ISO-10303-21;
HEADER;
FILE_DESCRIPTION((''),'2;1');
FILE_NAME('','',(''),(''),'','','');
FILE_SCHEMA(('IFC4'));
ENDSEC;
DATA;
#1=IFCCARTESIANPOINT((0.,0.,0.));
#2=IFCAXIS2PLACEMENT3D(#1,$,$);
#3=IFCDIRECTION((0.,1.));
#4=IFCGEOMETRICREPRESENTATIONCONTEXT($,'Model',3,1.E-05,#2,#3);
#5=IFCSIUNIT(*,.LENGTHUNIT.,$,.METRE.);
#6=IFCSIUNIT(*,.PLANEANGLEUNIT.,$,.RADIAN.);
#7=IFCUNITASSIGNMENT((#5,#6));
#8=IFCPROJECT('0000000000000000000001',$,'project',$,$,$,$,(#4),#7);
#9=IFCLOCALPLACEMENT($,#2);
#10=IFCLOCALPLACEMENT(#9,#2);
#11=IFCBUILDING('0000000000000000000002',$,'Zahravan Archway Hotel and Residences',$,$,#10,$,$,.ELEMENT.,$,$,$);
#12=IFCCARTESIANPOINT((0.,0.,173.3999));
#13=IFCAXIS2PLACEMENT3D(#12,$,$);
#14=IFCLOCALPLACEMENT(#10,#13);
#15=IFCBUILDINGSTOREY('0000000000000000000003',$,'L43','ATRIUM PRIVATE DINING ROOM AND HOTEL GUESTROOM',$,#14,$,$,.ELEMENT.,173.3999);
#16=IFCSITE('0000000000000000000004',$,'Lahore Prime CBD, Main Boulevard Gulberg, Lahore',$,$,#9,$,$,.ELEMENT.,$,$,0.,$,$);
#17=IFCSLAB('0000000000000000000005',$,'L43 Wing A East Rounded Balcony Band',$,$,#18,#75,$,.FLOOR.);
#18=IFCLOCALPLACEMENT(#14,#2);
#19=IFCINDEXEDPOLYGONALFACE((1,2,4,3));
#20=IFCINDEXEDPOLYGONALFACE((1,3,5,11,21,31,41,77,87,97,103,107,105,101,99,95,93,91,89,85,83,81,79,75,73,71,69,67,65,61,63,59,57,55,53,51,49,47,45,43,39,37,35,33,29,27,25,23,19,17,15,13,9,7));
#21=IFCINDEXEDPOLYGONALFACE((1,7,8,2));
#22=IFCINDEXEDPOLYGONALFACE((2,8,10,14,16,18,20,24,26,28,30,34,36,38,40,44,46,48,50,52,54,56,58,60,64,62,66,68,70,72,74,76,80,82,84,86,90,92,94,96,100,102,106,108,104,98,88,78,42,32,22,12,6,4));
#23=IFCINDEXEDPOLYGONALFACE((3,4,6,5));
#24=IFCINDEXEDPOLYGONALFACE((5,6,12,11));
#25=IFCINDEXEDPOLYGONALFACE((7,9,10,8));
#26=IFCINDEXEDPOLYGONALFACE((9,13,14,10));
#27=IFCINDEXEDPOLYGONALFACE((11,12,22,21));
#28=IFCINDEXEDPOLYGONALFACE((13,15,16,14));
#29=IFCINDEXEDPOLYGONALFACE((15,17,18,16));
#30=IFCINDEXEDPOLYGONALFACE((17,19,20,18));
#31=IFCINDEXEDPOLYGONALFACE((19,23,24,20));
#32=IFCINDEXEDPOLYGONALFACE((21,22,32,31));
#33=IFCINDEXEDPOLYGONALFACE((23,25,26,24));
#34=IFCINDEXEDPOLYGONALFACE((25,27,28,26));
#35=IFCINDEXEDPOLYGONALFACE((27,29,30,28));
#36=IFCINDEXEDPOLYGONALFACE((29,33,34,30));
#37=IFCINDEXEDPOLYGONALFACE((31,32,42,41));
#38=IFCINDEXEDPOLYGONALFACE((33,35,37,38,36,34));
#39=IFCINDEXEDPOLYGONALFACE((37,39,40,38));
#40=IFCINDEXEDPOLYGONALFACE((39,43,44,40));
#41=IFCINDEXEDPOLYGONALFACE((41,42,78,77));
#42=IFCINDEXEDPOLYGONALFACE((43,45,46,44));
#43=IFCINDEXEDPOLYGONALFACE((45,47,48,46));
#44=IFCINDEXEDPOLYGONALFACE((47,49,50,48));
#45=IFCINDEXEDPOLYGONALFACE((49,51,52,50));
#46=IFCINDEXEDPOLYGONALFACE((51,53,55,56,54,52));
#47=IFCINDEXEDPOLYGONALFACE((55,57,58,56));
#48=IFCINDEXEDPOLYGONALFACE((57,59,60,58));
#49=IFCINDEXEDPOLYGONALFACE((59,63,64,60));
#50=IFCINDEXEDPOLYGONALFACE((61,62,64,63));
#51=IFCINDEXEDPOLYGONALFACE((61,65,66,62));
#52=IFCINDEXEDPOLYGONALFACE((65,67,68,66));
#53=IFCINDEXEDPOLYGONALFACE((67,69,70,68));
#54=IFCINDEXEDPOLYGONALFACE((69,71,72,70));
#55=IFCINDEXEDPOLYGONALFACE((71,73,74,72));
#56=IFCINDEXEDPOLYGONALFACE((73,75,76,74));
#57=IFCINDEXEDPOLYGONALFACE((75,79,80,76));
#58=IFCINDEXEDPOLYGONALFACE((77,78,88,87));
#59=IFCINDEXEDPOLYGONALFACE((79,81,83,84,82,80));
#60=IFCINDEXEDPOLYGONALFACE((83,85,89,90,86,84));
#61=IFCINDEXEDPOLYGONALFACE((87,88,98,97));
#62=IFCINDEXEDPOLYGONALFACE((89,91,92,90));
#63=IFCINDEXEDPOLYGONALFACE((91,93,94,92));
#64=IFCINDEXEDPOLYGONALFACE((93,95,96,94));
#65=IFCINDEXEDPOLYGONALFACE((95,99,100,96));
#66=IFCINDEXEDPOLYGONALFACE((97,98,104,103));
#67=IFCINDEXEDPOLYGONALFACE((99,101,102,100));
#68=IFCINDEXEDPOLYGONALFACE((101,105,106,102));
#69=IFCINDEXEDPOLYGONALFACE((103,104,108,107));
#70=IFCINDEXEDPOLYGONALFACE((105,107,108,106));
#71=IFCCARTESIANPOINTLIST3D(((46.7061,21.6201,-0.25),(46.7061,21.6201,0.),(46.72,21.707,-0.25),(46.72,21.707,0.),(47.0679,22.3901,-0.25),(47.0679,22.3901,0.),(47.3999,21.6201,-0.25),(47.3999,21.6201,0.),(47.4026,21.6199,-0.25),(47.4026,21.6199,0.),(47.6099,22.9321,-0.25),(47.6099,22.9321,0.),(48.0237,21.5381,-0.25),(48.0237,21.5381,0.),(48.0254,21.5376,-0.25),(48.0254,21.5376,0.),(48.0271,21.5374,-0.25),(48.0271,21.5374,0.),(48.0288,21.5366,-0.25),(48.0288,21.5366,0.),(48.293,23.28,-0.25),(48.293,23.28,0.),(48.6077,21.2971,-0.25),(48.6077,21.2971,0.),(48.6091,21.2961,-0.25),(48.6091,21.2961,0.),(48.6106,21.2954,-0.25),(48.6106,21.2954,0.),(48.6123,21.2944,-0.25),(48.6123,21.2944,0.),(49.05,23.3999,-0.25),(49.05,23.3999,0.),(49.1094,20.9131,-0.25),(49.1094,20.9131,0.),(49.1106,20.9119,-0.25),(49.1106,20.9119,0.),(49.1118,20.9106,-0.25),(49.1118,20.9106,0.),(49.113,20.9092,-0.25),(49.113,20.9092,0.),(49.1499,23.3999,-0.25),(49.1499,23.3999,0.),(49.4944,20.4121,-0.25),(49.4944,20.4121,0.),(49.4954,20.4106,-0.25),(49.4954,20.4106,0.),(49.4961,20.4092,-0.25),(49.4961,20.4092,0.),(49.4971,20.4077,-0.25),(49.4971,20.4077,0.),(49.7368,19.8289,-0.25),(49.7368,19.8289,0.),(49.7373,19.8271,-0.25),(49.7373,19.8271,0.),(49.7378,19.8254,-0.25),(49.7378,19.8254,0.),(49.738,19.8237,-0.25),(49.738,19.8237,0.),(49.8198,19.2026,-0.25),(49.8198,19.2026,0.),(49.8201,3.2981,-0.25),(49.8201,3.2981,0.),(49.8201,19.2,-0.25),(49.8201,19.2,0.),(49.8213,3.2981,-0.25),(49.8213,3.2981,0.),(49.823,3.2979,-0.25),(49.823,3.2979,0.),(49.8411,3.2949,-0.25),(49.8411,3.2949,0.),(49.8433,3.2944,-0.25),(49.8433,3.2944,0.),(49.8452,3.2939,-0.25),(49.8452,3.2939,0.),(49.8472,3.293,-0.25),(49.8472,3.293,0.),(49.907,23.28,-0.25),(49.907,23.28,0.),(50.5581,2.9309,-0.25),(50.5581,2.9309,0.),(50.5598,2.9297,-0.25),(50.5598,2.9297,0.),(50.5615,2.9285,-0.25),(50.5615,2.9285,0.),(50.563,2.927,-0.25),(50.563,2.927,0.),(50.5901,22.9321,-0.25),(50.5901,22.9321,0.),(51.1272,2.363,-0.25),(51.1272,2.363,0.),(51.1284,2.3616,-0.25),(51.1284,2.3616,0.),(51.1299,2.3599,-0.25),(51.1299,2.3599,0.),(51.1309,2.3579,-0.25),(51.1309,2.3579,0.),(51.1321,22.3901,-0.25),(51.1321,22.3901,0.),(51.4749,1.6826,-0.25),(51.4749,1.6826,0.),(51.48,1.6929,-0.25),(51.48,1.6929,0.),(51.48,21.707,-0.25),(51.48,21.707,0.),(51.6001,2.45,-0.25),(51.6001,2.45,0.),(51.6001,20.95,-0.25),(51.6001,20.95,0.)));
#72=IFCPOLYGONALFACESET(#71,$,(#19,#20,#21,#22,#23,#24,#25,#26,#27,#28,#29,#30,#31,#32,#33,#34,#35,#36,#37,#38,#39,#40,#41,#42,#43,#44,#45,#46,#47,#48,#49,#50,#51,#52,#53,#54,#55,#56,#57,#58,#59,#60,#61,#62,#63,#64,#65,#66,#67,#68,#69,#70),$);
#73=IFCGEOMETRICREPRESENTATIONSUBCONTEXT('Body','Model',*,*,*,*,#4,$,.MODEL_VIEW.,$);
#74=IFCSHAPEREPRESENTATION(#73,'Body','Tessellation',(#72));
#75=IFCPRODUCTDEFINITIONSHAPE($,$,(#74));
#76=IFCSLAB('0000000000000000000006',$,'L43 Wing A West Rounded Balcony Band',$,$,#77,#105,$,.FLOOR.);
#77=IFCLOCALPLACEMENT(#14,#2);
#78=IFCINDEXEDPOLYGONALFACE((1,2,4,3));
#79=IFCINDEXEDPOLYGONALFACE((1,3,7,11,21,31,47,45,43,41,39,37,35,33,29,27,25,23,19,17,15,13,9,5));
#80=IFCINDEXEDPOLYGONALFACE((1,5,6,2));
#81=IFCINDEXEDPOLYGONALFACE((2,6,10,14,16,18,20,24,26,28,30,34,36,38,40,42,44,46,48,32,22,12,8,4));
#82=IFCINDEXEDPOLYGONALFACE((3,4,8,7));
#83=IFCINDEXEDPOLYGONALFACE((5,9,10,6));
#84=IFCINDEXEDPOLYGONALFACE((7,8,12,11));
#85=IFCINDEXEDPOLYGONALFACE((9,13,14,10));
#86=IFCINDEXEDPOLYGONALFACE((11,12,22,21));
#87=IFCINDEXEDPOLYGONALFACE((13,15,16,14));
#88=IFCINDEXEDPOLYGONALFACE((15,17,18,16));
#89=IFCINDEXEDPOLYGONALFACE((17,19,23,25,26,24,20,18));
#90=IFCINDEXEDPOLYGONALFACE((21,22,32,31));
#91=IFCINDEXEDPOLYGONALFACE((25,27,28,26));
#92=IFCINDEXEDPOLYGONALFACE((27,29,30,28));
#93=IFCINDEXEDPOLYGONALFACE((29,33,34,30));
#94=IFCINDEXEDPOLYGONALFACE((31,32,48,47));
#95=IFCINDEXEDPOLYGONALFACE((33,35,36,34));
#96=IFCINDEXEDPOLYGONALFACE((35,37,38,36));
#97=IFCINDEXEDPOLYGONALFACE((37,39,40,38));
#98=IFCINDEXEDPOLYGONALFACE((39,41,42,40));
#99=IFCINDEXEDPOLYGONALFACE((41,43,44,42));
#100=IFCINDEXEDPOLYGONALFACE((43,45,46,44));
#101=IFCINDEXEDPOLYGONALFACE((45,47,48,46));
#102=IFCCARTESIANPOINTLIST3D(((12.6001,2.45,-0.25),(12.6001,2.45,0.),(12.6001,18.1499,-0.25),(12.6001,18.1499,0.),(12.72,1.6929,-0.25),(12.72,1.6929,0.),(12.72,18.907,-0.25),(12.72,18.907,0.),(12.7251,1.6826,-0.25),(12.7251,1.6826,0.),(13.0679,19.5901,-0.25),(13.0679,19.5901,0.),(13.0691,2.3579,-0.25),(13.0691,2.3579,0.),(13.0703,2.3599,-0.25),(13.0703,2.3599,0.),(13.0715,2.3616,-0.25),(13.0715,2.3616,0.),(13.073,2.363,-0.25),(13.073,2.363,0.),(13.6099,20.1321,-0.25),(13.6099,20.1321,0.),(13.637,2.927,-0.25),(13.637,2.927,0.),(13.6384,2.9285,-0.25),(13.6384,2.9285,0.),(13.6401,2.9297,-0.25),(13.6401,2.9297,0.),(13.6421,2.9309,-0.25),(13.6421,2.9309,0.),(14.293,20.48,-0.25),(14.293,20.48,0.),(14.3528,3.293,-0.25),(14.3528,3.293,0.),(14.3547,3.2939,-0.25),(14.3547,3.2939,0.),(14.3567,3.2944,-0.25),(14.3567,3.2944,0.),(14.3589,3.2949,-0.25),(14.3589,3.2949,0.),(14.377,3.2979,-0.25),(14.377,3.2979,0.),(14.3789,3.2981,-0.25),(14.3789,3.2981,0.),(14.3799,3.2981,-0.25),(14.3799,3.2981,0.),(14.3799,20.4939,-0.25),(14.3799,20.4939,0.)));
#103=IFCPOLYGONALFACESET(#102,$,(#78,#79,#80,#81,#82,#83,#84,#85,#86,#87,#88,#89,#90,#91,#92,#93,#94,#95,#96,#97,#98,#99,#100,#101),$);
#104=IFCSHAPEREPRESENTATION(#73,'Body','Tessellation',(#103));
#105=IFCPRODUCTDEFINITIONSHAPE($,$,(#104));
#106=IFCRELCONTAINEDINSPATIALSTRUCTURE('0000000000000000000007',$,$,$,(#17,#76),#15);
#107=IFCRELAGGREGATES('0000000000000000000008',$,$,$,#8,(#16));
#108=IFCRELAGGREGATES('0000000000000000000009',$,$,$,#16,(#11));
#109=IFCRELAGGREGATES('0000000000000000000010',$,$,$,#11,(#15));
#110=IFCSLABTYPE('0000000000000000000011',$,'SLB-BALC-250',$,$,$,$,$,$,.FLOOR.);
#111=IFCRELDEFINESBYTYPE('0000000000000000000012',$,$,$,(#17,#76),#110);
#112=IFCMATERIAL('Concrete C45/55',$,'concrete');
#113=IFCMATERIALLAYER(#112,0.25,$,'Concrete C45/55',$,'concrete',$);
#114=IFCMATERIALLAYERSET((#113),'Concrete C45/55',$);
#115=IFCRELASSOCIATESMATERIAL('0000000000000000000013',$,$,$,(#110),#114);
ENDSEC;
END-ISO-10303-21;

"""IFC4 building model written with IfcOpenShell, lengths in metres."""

from ifc_helpers import new_model, si_unit, direction, frame, origin, place, context, subcontext, project, spatial, polyline, outline, extrude, material, layer, layer_set, type_object, element, save


model = new_model("IFC4")

# Units and contexts
model_context = context("Model", 3, precision=1e-05, world=origin(), true_north=direction((0.0, 1.0)))
body_context = subcontext(model_context, "Body", "Model", "MODEL_VIEW")
ifc_project = project(units=[si_unit("LENGTHUNIT", "METRE"), si_unit("PLANEANGLEUNIT", "RADIAN")], contexts=[model_context])

# Site, building, storey
site_placement = place(None, origin())
site = spatial("IfcSite", under=ifc_project, at=site_placement, Name="Lahore Prime CBD, Main Boulevard Gulberg, Lahore", CompositionType="ELEMENT", RefElevation=0.0)
building_placement = place(site_placement, origin())
building = spatial("IfcBuilding", under=site, at=building_placement, Name="Zahravan Archway Hotel and Residences", CompositionType="ELEMENT")
storey_placement = place(building_placement, frame((0.0, 0.0, 173.3999)))
storey = spatial("IfcBuildingStorey", under=building, at=storey_placement, Name="L43", Description="ATRIUM PRIVATE DINING ROOM AND HOTEL GUESTROOM", CompositionType="ELEMENT", Elevation=173.3999)

# Slabs
ifc_material_1 = material(Name="Concrete C45/55", Category="concrete")
ifc_layer_1 = layer(ifc_material_1, 0.25, Name="Concrete C45/55", Category="concrete")
ifc_layer_set_1 = layer_set([ifc_layer_1], Name="Concrete C45/55")
slab_type_1 = type_object("IfcSlabType", Name="SLB-BALC-250", PredefinedType="FLOOR", material=ifc_layer_set_1)
slab_1_placement = place(storey_placement, frame((0.0, 0.0, -0.25)))
element("IfcSlab", 1, at=slab_1_placement, inside=storey, type_object=slab_type_1, Name="L43 Wing A East Rounded Balcony Band", PredefinedType="FLOOR", context=body_context, shape_type="SweptSolid", body=[
    extrude(outline(polyline([(46.72, 21.707), (47.0679, 22.3901), (47.6099, 22.9321), (48.293, 23.28), (49.05, 23.3999), (49.1499, 23.3999), (49.907, 23.28), (50.5901, 22.9321), (51.1321, 22.3901), (51.48, 21.707), (51.6001, 20.95), (51.6001, 2.45), (51.48, 1.6929), (51.4749, 1.6826), (51.1309, 2.3579), (51.1299, 2.3599), (51.1284, 2.3616), (51.1272, 2.363), (50.563, 2.927), (50.5615, 2.9285), (50.5598, 2.9297), (50.5581, 2.9309), (49.8472, 3.293), (49.8452, 3.2939), (49.8433, 3.2944), (49.8411, 3.2949), (49.823, 3.2979), (49.8213, 3.2981), (49.8201, 3.2981), (49.8201, 19.2), (49.8198, 19.2026), (49.738, 19.8237), (49.7378, 19.8254), (49.7373, 19.8271), (49.7368, 19.8289), (49.4971, 20.4077), (49.4961, 20.4092), (49.4954, 20.4106), (49.4944, 20.4121), (49.113, 20.9092), (49.1118, 20.9106), (49.1106, 20.9119), (49.1094, 20.9131), (48.6123, 21.2944), (48.6106, 21.2954), (48.6091, 21.2961), (48.6077, 21.2971), (48.0288, 21.5366), (48.0271, 21.5374), (48.0254, 21.5376), (48.0237, 21.5381), (47.4026, 21.6199), (47.3999, 21.6201), (46.7061, 21.6201), (46.72, 21.707)])), origin(), (0.0, 0.0, 1.0), 0.25),
])
slab_2_placement = place(storey_placement, frame((0.0, 0.0, -0.25)))
element("IfcSlab", 2, at=slab_2_placement, inside=storey, type_object=slab_type_1, Name="L43 Wing A West Rounded Balcony Band", PredefinedType="FLOOR", context=body_context, shape_type="SweptSolid", body=[
    extrude(outline(polyline([(12.72, 1.6929), (12.6001, 2.45), (12.6001, 18.1499), (12.72, 18.907), (13.0679, 19.5901), (13.6099, 20.1321), (14.293, 20.48), (14.3799, 20.4939), (14.3799, 3.2981), (14.3789, 3.2981), (14.377, 3.2979), (14.3589, 3.2949), (14.3567, 3.2944), (14.3547, 3.2939), (14.3528, 3.293), (13.6421, 2.9309), (13.6401, 2.9297), (13.6384, 2.9285), (13.637, 2.927), (13.073, 2.363), (13.0715, 2.3616), (13.0703, 2.3599), (13.0691, 2.3579), (12.7251, 1.6826), (12.72, 1.6929)])), origin(), (0.0, 0.0, 1.0), 0.25),
])

save(model, "model.ifc")
